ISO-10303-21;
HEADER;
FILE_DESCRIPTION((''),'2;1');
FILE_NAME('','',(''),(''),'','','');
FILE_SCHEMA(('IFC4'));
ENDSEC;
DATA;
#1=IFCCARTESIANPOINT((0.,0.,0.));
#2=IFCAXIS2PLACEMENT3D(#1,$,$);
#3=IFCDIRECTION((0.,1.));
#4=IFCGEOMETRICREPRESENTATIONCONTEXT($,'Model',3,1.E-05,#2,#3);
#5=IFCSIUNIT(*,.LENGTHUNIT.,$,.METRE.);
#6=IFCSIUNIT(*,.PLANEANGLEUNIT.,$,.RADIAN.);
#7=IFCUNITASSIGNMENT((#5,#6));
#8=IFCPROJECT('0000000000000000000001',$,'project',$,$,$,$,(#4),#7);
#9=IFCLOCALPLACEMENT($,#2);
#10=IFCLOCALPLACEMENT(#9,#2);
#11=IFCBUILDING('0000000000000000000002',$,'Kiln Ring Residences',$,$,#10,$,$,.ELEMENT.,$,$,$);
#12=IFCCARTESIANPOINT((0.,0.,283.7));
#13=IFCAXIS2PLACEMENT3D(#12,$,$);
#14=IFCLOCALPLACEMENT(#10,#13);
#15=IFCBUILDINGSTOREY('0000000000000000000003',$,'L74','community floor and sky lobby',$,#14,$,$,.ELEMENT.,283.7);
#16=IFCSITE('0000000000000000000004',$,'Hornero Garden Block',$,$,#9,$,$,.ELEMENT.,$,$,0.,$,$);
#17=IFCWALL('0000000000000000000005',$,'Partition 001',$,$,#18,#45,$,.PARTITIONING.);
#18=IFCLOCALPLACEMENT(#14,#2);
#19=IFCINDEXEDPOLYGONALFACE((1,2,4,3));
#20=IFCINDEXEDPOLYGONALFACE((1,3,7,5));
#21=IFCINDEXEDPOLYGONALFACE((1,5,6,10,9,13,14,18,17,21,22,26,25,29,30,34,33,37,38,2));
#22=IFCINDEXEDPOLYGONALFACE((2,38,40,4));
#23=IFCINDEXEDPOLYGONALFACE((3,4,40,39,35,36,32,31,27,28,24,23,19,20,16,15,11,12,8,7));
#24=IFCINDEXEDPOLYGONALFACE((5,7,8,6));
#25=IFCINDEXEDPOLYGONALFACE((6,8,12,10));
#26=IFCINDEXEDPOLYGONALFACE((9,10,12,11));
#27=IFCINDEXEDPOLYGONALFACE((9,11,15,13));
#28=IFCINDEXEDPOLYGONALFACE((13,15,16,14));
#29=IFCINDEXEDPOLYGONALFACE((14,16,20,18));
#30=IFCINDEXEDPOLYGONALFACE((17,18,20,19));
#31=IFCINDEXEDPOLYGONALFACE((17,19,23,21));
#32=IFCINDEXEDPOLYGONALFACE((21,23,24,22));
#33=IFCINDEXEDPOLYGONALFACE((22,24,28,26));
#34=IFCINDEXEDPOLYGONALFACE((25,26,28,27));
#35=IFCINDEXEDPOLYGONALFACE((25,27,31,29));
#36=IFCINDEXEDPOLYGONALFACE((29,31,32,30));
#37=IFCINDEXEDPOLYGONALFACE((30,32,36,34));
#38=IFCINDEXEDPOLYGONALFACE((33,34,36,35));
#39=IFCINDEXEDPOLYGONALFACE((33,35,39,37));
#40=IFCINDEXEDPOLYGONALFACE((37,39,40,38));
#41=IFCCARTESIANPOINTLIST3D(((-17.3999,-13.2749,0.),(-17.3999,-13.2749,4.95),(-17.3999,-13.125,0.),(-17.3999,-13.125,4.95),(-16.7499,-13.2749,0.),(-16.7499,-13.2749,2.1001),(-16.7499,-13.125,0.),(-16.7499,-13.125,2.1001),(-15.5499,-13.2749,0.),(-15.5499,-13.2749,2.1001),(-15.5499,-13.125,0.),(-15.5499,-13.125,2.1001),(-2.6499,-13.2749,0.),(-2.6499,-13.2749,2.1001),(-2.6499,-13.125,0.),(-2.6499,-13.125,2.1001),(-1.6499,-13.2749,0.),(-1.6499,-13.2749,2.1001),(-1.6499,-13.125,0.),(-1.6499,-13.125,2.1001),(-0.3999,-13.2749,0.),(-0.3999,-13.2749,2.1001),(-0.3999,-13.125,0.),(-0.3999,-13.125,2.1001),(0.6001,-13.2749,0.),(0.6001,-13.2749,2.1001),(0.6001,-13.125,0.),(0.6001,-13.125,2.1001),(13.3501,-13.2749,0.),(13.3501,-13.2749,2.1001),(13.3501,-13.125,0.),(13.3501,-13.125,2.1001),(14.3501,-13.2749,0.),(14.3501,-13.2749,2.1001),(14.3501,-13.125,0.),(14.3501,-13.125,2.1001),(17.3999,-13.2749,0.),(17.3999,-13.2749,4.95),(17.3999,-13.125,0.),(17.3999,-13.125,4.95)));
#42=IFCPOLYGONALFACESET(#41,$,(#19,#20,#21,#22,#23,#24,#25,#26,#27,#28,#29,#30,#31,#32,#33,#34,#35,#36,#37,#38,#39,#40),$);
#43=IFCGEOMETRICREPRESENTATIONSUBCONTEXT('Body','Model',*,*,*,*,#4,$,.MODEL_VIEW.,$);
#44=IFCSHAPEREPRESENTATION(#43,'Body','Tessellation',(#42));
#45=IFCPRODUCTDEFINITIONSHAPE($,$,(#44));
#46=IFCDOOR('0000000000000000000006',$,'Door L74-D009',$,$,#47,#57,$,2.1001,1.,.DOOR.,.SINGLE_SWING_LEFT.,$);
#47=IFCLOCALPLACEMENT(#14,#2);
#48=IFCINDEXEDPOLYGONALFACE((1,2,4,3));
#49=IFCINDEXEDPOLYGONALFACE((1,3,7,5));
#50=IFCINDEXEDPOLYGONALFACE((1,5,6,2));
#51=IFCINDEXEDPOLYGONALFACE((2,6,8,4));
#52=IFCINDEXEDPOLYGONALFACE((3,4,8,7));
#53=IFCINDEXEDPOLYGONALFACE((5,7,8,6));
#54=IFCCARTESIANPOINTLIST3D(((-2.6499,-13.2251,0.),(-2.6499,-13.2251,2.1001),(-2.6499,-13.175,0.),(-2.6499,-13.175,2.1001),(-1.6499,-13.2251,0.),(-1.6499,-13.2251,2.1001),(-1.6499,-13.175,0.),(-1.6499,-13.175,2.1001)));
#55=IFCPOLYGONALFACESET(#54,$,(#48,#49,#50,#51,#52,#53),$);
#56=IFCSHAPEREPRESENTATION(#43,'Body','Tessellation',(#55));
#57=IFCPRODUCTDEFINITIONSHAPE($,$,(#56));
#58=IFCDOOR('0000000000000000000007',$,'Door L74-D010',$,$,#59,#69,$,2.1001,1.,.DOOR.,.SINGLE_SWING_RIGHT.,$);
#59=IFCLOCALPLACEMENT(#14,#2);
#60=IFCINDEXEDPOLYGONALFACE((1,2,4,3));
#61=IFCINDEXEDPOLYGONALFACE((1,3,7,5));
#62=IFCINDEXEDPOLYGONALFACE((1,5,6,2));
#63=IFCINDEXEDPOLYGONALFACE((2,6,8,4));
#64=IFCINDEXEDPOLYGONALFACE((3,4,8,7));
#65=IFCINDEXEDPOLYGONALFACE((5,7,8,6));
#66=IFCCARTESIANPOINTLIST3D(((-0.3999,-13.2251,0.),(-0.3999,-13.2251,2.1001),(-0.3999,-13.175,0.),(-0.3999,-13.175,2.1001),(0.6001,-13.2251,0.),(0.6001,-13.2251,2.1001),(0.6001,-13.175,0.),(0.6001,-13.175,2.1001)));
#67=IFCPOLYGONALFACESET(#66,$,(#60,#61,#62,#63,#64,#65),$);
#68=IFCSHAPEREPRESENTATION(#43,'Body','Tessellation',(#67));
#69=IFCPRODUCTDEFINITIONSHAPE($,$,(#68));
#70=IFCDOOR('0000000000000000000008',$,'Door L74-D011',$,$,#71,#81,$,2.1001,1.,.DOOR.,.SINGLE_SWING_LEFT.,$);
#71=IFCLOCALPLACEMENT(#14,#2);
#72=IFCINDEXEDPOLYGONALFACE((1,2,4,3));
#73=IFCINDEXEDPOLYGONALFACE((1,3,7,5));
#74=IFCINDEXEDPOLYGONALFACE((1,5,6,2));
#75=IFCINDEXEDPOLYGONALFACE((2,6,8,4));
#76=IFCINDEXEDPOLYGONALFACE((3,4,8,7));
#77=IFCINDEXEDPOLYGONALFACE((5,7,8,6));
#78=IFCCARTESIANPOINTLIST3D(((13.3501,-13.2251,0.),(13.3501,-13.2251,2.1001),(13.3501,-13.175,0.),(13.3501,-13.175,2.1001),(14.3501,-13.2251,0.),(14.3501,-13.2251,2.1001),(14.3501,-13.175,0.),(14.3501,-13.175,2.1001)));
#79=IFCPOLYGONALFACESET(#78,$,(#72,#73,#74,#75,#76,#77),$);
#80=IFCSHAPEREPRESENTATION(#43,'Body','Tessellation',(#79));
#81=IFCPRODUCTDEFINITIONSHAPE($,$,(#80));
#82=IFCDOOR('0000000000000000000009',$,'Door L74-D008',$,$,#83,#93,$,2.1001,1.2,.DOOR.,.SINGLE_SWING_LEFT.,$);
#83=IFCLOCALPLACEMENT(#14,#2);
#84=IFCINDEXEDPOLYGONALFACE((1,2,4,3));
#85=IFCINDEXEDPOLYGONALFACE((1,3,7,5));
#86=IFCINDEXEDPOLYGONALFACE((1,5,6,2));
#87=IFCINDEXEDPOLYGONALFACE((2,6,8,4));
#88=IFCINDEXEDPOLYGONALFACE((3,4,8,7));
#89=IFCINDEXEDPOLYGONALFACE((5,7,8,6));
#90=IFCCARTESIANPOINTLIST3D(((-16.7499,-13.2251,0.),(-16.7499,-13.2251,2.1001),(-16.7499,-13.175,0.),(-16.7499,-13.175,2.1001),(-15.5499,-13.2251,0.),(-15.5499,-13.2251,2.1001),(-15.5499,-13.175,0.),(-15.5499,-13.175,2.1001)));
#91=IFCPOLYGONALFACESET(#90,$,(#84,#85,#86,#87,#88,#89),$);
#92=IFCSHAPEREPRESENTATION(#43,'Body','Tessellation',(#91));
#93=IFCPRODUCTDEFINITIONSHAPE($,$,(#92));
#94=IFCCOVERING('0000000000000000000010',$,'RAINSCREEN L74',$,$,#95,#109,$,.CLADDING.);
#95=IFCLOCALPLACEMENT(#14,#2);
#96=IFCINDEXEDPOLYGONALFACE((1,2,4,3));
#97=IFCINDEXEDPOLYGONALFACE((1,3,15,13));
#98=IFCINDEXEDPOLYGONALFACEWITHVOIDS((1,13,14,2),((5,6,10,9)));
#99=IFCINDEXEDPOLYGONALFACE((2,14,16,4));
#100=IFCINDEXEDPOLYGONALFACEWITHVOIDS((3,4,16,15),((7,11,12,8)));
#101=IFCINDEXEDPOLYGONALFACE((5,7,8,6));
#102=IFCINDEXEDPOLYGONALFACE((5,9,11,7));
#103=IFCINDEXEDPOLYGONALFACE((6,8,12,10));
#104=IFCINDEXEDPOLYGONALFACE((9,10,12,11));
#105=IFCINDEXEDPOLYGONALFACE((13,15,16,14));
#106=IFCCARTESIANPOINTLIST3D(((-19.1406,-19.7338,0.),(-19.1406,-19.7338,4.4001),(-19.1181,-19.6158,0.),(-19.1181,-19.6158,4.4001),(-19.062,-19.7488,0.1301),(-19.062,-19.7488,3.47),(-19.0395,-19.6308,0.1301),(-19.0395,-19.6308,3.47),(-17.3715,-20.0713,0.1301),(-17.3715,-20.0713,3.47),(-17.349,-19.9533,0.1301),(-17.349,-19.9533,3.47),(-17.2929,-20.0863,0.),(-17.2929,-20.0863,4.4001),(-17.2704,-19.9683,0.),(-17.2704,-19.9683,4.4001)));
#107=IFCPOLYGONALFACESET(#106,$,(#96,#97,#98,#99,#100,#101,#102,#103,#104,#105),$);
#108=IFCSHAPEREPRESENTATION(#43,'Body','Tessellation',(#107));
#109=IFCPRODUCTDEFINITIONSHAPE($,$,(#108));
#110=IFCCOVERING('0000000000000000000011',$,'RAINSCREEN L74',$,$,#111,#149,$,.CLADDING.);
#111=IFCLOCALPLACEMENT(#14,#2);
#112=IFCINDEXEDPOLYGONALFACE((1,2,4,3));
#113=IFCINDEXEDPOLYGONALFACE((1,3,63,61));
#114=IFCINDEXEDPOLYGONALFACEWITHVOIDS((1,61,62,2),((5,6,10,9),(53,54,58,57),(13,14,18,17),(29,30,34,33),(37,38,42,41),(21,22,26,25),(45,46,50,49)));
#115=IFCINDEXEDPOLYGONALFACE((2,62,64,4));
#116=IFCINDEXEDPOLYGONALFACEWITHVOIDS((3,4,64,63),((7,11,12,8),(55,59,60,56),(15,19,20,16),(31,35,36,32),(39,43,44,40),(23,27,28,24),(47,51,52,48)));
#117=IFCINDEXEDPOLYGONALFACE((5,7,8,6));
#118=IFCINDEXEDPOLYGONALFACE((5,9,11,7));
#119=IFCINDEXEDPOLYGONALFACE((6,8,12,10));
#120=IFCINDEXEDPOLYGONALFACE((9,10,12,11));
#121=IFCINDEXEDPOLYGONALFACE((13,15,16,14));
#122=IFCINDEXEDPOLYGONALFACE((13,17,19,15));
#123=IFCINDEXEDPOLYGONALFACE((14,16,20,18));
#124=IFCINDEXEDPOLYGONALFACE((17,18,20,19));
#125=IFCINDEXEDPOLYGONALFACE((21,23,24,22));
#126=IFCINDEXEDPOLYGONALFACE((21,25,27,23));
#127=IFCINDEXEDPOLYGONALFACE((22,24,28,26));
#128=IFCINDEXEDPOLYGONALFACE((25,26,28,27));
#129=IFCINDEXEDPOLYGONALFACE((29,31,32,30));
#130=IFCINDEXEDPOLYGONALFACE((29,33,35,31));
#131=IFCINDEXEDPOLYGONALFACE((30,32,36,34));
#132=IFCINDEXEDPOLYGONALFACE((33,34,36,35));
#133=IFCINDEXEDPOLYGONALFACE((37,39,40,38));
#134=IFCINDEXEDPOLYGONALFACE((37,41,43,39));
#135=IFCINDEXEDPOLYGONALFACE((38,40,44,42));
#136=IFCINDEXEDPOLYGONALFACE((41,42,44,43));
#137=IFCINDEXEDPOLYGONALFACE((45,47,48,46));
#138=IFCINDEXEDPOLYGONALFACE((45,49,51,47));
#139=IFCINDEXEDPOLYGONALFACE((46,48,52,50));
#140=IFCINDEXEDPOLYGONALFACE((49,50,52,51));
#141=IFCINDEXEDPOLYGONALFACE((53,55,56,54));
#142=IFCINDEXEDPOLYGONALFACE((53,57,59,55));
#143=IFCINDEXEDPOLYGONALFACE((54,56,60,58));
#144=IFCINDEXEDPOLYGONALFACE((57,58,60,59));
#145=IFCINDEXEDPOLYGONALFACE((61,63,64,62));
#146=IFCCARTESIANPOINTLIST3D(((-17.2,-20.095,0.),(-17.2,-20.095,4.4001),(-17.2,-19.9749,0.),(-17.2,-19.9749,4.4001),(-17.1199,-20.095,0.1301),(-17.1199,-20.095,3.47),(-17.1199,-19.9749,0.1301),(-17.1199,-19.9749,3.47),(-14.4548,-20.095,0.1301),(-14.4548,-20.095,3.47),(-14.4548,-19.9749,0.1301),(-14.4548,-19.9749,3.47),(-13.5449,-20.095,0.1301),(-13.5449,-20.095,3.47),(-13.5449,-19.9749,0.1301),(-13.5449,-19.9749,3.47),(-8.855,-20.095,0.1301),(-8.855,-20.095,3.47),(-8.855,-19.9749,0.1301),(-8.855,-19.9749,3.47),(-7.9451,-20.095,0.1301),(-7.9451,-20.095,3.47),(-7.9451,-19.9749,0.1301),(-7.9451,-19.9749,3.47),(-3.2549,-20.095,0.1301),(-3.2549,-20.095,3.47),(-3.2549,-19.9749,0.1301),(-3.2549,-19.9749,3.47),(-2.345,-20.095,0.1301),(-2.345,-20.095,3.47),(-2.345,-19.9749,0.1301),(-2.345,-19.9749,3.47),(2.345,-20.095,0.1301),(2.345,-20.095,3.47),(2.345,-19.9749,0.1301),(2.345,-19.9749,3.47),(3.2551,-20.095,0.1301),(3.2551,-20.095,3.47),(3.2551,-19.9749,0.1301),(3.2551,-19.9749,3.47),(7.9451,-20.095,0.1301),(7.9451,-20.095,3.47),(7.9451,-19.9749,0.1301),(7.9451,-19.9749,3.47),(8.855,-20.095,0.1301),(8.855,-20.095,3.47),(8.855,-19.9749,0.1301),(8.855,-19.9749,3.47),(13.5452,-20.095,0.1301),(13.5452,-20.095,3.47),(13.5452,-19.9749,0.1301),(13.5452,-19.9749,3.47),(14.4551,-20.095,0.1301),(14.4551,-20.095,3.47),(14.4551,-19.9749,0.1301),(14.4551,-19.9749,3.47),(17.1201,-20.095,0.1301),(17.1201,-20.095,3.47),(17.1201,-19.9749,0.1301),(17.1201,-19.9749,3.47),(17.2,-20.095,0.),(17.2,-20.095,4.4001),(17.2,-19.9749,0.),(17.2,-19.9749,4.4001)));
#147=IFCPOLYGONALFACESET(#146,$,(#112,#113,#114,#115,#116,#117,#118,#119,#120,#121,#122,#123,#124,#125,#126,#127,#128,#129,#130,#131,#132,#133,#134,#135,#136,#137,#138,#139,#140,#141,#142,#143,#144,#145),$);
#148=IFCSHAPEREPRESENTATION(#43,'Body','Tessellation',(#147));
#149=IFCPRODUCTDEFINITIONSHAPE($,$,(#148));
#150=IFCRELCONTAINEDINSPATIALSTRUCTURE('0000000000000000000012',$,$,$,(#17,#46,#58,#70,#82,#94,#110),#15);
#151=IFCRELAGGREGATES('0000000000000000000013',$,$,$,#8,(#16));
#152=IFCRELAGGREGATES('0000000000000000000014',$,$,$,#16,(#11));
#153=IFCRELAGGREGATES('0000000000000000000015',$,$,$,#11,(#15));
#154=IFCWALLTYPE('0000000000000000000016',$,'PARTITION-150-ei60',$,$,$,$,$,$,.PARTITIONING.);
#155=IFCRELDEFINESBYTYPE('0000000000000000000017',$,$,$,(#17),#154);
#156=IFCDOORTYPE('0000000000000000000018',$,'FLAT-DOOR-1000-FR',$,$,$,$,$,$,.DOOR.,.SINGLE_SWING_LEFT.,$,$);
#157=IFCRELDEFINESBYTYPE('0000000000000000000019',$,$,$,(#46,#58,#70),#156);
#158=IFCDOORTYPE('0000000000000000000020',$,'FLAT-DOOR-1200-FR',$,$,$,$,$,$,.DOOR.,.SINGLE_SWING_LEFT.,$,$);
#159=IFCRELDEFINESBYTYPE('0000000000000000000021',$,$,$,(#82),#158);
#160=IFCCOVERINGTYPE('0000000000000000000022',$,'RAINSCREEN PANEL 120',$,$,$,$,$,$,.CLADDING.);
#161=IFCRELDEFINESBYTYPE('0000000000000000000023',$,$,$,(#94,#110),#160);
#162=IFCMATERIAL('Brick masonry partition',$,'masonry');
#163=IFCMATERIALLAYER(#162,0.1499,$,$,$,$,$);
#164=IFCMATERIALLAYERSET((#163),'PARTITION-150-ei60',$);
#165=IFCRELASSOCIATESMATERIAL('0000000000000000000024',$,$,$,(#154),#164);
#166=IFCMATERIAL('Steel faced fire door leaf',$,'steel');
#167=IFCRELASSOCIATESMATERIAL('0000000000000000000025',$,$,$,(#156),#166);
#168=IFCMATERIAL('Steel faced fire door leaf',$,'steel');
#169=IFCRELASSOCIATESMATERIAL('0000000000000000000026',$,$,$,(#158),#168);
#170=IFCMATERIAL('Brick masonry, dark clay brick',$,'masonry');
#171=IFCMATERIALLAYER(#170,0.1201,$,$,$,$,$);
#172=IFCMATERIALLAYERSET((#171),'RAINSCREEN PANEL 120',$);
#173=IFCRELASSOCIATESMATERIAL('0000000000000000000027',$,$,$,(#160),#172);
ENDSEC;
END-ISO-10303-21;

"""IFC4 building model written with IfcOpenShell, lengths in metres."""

from ifc_helpers import new_model, si_unit, direction, frame, frame_2d, origin, place, context, subcontext, project, spatial, polyline, rectangle, outline, extrude, material, layer, layer_set, type_object, element, fill, save


model = new_model("IFC4")

# Units and contexts
model_context = context("Model", 3, precision=1e-05, world=origin(), true_north=direction((0.0, 1.0)))
body_context = subcontext(model_context, "Body", "Model", "MODEL_VIEW")
ifc_project = project(units=[si_unit("LENGTHUNIT", "METRE"), si_unit("PLANEANGLEUNIT", "RADIAN")], contexts=[model_context])

# Site, building, storey
site_placement = place(None, origin())
site = spatial("IfcSite", under=ifc_project, at=site_placement, Name="Hornero Garden Block", CompositionType="ELEMENT", RefElevation=0.0)
building_placement = place(site_placement, origin())
building = spatial("IfcBuilding", under=site, at=building_placement, Name="Kiln Ring Residences", CompositionType="ELEMENT")
storey_placement = place(building_placement, frame((0.0, 0.0, 283.7)))
storey = spatial("IfcBuildingStorey", under=building, at=storey_placement, Name="L74", Description="community floor and sky lobby", CompositionType="ELEMENT", Elevation=283.7)

# Wall, openings, doors
ifc_material_1 = material(Name="Brick masonry partition", Category="masonry")
ifc_layer_1 = layer(ifc_material_1, 0.1499)
ifc_layer_set_1 = layer_set([ifc_layer_1], Name="PARTITION-150-ei60")
wall_type_1 = type_object("IfcWallType", Name="PARTITION-150-ei60", PredefinedType="PARTITIONING", material=ifc_layer_set_1)
wall_1_placement = place(storey_placement, frame((-17.3999, -13.2, 0.0), z_axis=(0.0, 0.0, 1.0), x_axis=(1.0, 0.0, 0.0)))
wall_1 = element("IfcWall", 1, at=wall_1_placement, inside=storey, type_object=wall_type_1, Name="Partition 001", PredefinedType="PARTITIONING", context=body_context, shape_type="SweptSolid", body=[
    extrude(rectangle(XDim=34.7998, YDim=0.1499, at=frame_2d((17.3999, 0.0))), origin(), (0.0, 0.0, 1.0), 4.95),
])
opening_1_placement = place(wall_1_placement, frame((0.6499, 0.0, 0.0)))
opening_1 = element("IfcOpeningElement", 2, at=opening_1_placement, cuts=wall_1, PredefinedType="OPENING", context=body_context, shape_type="SweptSolid", body=[
    extrude(rectangle(XDim=1.2, YDim=2.1001, at=frame_2d((0.6001, 1.05))), frame((0.0, 0.085, 0.0), z_axis=(0.0, -1.0, 0.0), x_axis=(1.0, 0.0, 0.0)), (0.0, 0.0, 1.0), 0.1699),
])
opening_2_placement = place(wall_1_placement, frame((14.75, 0.0, 0.0)))
opening_2 = element("IfcOpeningElement", 3, at=opening_2_placement, cuts=wall_1, PredefinedType="OPENING", context=body_context, shape_type="SweptSolid", body=[
    extrude(rectangle(XDim=1.0, YDim=2.1001, at=frame_2d((0.5, 1.05))), frame((0.0, 0.085, 0.0), z_axis=(0.0, -1.0, 0.0), x_axis=(1.0, 0.0, 0.0)), (0.0, 0.0, 1.0), 0.1699),
])
opening_3_placement = place(wall_1_placement, frame((17.0, 0.0, 0.0)))
opening_3 = element("IfcOpeningElement", 4, at=opening_3_placement, cuts=wall_1, PredefinedType="OPENING", context=body_context, shape_type="SweptSolid", body=[
    extrude(rectangle(XDim=1.0, YDim=2.1001, at=frame_2d((0.5, 1.05))), frame((0.0, 0.085, 0.0), z_axis=(0.0, -1.0, 0.0), x_axis=(1.0, 0.0, 0.0)), (0.0, 0.0, 1.0), 0.1699),
])
opening_4_placement = place(wall_1_placement, frame((30.75, 0.0, 0.0)))
opening_4 = element("IfcOpeningElement", 5, at=opening_4_placement, cuts=wall_1, PredefinedType="OPENING", context=body_context, shape_type="SweptSolid", body=[
    extrude(rectangle(XDim=1.0, YDim=2.1001, at=frame_2d((0.5, 1.05))), frame((0.0, 0.085, 0.0), z_axis=(0.0, -1.0, 0.0), x_axis=(1.0, 0.0, 0.0)), (0.0, 0.0, 1.0), 0.1699),
])
ifc_material_2 = material(Name="Steel faced fire door leaf", Category="steel")
door_type_1 = type_object("IfcDoorType", Name="FLAT-DOOR-1000-FR", OperationType="SINGLE_SWING_LEFT", PredefinedType="DOOR", material=ifc_material_2)
door_1_placement = place(opening_2_placement, origin())
door_1 = element("IfcDoor", 6, at=door_1_placement, inside=storey, type_object=door_type_1, Name="Door L74-D009", OperationType="SINGLE_SWING_LEFT", OverallHeight=2.1001, OverallWidth=1.0, PredefinedType="DOOR", context=body_context, shape_type="SweptSolid", body=[
    extrude(rectangle(XDim=1.0, YDim=2.1001, at=frame_2d((0.5, 1.05))), frame((0.0, 0.0249, 0.0), z_axis=(0.0, -1.0, 0.0), x_axis=(1.0, 0.0, 0.0)), (0.0, 0.0, 1.0), 0.05),
])
fill(opening_2, door_1)
door_2_placement = place(opening_3_placement, origin())
door_2 = element("IfcDoor", 7, at=door_2_placement, inside=storey, type_object=door_type_1, Name="Door L74-D010", OperationType="SINGLE_SWING_RIGHT", OverallHeight=2.1001, OverallWidth=1.0, PredefinedType="DOOR", context=body_context, shape_type="SweptSolid", body=[
    extrude(rectangle(XDim=1.0, YDim=2.1001, at=frame_2d((0.5, 1.05))), frame((0.0, 0.0249, 0.0), z_axis=(0.0, -1.0, 0.0), x_axis=(1.0, 0.0, 0.0)), (0.0, 0.0, 1.0), 0.05),
])
fill(opening_3, door_2)
door_3_placement = place(opening_4_placement, origin())
door_3 = element("IfcDoor", 8, at=door_3_placement, inside=storey, type_object=door_type_1, Name="Door L74-D011", OperationType="SINGLE_SWING_LEFT", OverallHeight=2.1001, OverallWidth=1.0, PredefinedType="DOOR", context=body_context, shape_type="SweptSolid", body=[
    extrude(rectangle(XDim=1.0, YDim=2.1001, at=frame_2d((0.5, 1.05))), frame((0.0, 0.0249, 0.0), z_axis=(0.0, -1.0, 0.0), x_axis=(1.0, 0.0, 0.0)), (0.0, 0.0, 1.0), 0.05),
])
fill(opening_4, door_3)
ifc_material_3 = material(Name="Steel faced fire door leaf", Category="steel")
door_type_2 = type_object("IfcDoorType", Name="FLAT-DOOR-1200-FR", OperationType="SINGLE_SWING_LEFT", PredefinedType="DOOR", material=ifc_material_3)
door_4_placement = place(opening_1_placement, origin())
door_4 = element("IfcDoor", 9, at=door_4_placement, inside=storey, type_object=door_type_2, Name="Door L74-D008", OperationType="SINGLE_SWING_LEFT", OverallHeight=2.1001, OverallWidth=1.2, PredefinedType="DOOR", context=body_context, shape_type="SweptSolid", body=[
    extrude(rectangle(XDim=1.2, YDim=2.1001, at=frame_2d((0.6001, 1.05))), frame((0.0, 0.0249, 0.0), z_axis=(0.0, -1.0, 0.0), x_axis=(1.0, 0.0, 0.0)), (0.0, 0.0, 1.0), 0.05),
])
fill(opening_1, door_4)

# Coverings
ifc_material_4 = material(Name="Brick masonry, dark clay brick", Category="masonry")
ifc_layer_2 = layer(ifc_material_4, 0.1201)
ifc_layer_set_2 = layer_set([ifc_layer_2], Name="RAINSCREEN PANEL 120")
covering_type = type_object("IfcCoveringType", Name="RAINSCREEN PANEL 120", PredefinedType="CLADDING", material=ifc_layer_set_2)
covering_1_placement = place(storey_placement, frame((-19.1294, -19.6748, 0.0), z_axis=(0.0, 0.0, 1.0), x_axis=(0.982284, -0.187398, 0.0)))
element("IfcCovering", 10, at=covering_1_placement, inside=storey, type_object=covering_type, Name="RAINSCREEN L74", PredefinedType="CLADDING", context=body_context, shape_type="SweptSolid", body=[
    extrude(outline(polyline([(0.0, 0.0), (1.8811, 0.0), (1.8811, 4.4001), (0.0, 4.4001), (0.0, 0.0)]), holes=[polyline([(0.0801, 3.47), (0.0801, 0.1301), (1.801, 0.1301), (1.801, 3.47), (0.0801, 3.47)])]), frame((0.0, 0.0601, 0.0), z_axis=(0.0, -1.0, 0.0), x_axis=(1.0, 0.0, 0.0)), (0.0, 0.0, 1.0), 0.1201),
])
covering_2_placement = place(storey_placement, frame((-17.2, -20.0349, 0.0), z_axis=(0.0, 0.0, 1.0), x_axis=(1.0, 0.0, 0.0)))
element("IfcCovering", 11, at=covering_2_placement, inside=storey, type_object=covering_type, Name="RAINSCREEN L74", PredefinedType="CLADDING", context=body_context, shape_type="SweptSolid", body=[
    extrude(outline(polyline([(0.0, 0.0), (34.3999, 0.0), (34.3999, 4.4001), (0.0, 4.4001), (0.0, 0.0)]), holes=[polyline([(2.7451, 0.1301), (2.7451, 3.47), (0.0801, 3.47), (0.0801, 0.1301), (2.7451, 0.1301)]), polyline([(3.655, 0.1301), (8.345, 0.1301), (8.345, 3.47), (3.655, 3.47), (3.655, 0.1301)]), polyline([(9.2549, 0.1301), (13.9451, 0.1301), (13.9451, 3.47), (9.2549, 3.47), (9.2549, 0.1301)]), polyline([(14.855, 0.1301), (19.5449, 0.1301), (19.5449, 3.47), (14.855, 3.47), (14.855, 0.1301)]), polyline([(20.4551, 0.1301), (25.145, 0.1301), (25.145, 3.47), (20.4551, 3.47), (20.4551, 0.1301)]), polyline([(26.0549, 0.1301), (30.7451, 0.1301), (30.7451, 3.47), (26.0549, 3.47), (26.0549, 0.1301)]), polyline([(31.655, 0.1301), (34.3201, 0.1301), (34.3201, 3.47), (31.655, 3.47), (31.655, 0.1301)])]), frame((0.0, 0.0601, 0.0), z_axis=(0.0, -1.0, 0.0), x_axis=(1.0, 0.0, 0.0)), (0.0, 0.0, 1.0), 0.1201),
])

save(model, "model.ifc")
